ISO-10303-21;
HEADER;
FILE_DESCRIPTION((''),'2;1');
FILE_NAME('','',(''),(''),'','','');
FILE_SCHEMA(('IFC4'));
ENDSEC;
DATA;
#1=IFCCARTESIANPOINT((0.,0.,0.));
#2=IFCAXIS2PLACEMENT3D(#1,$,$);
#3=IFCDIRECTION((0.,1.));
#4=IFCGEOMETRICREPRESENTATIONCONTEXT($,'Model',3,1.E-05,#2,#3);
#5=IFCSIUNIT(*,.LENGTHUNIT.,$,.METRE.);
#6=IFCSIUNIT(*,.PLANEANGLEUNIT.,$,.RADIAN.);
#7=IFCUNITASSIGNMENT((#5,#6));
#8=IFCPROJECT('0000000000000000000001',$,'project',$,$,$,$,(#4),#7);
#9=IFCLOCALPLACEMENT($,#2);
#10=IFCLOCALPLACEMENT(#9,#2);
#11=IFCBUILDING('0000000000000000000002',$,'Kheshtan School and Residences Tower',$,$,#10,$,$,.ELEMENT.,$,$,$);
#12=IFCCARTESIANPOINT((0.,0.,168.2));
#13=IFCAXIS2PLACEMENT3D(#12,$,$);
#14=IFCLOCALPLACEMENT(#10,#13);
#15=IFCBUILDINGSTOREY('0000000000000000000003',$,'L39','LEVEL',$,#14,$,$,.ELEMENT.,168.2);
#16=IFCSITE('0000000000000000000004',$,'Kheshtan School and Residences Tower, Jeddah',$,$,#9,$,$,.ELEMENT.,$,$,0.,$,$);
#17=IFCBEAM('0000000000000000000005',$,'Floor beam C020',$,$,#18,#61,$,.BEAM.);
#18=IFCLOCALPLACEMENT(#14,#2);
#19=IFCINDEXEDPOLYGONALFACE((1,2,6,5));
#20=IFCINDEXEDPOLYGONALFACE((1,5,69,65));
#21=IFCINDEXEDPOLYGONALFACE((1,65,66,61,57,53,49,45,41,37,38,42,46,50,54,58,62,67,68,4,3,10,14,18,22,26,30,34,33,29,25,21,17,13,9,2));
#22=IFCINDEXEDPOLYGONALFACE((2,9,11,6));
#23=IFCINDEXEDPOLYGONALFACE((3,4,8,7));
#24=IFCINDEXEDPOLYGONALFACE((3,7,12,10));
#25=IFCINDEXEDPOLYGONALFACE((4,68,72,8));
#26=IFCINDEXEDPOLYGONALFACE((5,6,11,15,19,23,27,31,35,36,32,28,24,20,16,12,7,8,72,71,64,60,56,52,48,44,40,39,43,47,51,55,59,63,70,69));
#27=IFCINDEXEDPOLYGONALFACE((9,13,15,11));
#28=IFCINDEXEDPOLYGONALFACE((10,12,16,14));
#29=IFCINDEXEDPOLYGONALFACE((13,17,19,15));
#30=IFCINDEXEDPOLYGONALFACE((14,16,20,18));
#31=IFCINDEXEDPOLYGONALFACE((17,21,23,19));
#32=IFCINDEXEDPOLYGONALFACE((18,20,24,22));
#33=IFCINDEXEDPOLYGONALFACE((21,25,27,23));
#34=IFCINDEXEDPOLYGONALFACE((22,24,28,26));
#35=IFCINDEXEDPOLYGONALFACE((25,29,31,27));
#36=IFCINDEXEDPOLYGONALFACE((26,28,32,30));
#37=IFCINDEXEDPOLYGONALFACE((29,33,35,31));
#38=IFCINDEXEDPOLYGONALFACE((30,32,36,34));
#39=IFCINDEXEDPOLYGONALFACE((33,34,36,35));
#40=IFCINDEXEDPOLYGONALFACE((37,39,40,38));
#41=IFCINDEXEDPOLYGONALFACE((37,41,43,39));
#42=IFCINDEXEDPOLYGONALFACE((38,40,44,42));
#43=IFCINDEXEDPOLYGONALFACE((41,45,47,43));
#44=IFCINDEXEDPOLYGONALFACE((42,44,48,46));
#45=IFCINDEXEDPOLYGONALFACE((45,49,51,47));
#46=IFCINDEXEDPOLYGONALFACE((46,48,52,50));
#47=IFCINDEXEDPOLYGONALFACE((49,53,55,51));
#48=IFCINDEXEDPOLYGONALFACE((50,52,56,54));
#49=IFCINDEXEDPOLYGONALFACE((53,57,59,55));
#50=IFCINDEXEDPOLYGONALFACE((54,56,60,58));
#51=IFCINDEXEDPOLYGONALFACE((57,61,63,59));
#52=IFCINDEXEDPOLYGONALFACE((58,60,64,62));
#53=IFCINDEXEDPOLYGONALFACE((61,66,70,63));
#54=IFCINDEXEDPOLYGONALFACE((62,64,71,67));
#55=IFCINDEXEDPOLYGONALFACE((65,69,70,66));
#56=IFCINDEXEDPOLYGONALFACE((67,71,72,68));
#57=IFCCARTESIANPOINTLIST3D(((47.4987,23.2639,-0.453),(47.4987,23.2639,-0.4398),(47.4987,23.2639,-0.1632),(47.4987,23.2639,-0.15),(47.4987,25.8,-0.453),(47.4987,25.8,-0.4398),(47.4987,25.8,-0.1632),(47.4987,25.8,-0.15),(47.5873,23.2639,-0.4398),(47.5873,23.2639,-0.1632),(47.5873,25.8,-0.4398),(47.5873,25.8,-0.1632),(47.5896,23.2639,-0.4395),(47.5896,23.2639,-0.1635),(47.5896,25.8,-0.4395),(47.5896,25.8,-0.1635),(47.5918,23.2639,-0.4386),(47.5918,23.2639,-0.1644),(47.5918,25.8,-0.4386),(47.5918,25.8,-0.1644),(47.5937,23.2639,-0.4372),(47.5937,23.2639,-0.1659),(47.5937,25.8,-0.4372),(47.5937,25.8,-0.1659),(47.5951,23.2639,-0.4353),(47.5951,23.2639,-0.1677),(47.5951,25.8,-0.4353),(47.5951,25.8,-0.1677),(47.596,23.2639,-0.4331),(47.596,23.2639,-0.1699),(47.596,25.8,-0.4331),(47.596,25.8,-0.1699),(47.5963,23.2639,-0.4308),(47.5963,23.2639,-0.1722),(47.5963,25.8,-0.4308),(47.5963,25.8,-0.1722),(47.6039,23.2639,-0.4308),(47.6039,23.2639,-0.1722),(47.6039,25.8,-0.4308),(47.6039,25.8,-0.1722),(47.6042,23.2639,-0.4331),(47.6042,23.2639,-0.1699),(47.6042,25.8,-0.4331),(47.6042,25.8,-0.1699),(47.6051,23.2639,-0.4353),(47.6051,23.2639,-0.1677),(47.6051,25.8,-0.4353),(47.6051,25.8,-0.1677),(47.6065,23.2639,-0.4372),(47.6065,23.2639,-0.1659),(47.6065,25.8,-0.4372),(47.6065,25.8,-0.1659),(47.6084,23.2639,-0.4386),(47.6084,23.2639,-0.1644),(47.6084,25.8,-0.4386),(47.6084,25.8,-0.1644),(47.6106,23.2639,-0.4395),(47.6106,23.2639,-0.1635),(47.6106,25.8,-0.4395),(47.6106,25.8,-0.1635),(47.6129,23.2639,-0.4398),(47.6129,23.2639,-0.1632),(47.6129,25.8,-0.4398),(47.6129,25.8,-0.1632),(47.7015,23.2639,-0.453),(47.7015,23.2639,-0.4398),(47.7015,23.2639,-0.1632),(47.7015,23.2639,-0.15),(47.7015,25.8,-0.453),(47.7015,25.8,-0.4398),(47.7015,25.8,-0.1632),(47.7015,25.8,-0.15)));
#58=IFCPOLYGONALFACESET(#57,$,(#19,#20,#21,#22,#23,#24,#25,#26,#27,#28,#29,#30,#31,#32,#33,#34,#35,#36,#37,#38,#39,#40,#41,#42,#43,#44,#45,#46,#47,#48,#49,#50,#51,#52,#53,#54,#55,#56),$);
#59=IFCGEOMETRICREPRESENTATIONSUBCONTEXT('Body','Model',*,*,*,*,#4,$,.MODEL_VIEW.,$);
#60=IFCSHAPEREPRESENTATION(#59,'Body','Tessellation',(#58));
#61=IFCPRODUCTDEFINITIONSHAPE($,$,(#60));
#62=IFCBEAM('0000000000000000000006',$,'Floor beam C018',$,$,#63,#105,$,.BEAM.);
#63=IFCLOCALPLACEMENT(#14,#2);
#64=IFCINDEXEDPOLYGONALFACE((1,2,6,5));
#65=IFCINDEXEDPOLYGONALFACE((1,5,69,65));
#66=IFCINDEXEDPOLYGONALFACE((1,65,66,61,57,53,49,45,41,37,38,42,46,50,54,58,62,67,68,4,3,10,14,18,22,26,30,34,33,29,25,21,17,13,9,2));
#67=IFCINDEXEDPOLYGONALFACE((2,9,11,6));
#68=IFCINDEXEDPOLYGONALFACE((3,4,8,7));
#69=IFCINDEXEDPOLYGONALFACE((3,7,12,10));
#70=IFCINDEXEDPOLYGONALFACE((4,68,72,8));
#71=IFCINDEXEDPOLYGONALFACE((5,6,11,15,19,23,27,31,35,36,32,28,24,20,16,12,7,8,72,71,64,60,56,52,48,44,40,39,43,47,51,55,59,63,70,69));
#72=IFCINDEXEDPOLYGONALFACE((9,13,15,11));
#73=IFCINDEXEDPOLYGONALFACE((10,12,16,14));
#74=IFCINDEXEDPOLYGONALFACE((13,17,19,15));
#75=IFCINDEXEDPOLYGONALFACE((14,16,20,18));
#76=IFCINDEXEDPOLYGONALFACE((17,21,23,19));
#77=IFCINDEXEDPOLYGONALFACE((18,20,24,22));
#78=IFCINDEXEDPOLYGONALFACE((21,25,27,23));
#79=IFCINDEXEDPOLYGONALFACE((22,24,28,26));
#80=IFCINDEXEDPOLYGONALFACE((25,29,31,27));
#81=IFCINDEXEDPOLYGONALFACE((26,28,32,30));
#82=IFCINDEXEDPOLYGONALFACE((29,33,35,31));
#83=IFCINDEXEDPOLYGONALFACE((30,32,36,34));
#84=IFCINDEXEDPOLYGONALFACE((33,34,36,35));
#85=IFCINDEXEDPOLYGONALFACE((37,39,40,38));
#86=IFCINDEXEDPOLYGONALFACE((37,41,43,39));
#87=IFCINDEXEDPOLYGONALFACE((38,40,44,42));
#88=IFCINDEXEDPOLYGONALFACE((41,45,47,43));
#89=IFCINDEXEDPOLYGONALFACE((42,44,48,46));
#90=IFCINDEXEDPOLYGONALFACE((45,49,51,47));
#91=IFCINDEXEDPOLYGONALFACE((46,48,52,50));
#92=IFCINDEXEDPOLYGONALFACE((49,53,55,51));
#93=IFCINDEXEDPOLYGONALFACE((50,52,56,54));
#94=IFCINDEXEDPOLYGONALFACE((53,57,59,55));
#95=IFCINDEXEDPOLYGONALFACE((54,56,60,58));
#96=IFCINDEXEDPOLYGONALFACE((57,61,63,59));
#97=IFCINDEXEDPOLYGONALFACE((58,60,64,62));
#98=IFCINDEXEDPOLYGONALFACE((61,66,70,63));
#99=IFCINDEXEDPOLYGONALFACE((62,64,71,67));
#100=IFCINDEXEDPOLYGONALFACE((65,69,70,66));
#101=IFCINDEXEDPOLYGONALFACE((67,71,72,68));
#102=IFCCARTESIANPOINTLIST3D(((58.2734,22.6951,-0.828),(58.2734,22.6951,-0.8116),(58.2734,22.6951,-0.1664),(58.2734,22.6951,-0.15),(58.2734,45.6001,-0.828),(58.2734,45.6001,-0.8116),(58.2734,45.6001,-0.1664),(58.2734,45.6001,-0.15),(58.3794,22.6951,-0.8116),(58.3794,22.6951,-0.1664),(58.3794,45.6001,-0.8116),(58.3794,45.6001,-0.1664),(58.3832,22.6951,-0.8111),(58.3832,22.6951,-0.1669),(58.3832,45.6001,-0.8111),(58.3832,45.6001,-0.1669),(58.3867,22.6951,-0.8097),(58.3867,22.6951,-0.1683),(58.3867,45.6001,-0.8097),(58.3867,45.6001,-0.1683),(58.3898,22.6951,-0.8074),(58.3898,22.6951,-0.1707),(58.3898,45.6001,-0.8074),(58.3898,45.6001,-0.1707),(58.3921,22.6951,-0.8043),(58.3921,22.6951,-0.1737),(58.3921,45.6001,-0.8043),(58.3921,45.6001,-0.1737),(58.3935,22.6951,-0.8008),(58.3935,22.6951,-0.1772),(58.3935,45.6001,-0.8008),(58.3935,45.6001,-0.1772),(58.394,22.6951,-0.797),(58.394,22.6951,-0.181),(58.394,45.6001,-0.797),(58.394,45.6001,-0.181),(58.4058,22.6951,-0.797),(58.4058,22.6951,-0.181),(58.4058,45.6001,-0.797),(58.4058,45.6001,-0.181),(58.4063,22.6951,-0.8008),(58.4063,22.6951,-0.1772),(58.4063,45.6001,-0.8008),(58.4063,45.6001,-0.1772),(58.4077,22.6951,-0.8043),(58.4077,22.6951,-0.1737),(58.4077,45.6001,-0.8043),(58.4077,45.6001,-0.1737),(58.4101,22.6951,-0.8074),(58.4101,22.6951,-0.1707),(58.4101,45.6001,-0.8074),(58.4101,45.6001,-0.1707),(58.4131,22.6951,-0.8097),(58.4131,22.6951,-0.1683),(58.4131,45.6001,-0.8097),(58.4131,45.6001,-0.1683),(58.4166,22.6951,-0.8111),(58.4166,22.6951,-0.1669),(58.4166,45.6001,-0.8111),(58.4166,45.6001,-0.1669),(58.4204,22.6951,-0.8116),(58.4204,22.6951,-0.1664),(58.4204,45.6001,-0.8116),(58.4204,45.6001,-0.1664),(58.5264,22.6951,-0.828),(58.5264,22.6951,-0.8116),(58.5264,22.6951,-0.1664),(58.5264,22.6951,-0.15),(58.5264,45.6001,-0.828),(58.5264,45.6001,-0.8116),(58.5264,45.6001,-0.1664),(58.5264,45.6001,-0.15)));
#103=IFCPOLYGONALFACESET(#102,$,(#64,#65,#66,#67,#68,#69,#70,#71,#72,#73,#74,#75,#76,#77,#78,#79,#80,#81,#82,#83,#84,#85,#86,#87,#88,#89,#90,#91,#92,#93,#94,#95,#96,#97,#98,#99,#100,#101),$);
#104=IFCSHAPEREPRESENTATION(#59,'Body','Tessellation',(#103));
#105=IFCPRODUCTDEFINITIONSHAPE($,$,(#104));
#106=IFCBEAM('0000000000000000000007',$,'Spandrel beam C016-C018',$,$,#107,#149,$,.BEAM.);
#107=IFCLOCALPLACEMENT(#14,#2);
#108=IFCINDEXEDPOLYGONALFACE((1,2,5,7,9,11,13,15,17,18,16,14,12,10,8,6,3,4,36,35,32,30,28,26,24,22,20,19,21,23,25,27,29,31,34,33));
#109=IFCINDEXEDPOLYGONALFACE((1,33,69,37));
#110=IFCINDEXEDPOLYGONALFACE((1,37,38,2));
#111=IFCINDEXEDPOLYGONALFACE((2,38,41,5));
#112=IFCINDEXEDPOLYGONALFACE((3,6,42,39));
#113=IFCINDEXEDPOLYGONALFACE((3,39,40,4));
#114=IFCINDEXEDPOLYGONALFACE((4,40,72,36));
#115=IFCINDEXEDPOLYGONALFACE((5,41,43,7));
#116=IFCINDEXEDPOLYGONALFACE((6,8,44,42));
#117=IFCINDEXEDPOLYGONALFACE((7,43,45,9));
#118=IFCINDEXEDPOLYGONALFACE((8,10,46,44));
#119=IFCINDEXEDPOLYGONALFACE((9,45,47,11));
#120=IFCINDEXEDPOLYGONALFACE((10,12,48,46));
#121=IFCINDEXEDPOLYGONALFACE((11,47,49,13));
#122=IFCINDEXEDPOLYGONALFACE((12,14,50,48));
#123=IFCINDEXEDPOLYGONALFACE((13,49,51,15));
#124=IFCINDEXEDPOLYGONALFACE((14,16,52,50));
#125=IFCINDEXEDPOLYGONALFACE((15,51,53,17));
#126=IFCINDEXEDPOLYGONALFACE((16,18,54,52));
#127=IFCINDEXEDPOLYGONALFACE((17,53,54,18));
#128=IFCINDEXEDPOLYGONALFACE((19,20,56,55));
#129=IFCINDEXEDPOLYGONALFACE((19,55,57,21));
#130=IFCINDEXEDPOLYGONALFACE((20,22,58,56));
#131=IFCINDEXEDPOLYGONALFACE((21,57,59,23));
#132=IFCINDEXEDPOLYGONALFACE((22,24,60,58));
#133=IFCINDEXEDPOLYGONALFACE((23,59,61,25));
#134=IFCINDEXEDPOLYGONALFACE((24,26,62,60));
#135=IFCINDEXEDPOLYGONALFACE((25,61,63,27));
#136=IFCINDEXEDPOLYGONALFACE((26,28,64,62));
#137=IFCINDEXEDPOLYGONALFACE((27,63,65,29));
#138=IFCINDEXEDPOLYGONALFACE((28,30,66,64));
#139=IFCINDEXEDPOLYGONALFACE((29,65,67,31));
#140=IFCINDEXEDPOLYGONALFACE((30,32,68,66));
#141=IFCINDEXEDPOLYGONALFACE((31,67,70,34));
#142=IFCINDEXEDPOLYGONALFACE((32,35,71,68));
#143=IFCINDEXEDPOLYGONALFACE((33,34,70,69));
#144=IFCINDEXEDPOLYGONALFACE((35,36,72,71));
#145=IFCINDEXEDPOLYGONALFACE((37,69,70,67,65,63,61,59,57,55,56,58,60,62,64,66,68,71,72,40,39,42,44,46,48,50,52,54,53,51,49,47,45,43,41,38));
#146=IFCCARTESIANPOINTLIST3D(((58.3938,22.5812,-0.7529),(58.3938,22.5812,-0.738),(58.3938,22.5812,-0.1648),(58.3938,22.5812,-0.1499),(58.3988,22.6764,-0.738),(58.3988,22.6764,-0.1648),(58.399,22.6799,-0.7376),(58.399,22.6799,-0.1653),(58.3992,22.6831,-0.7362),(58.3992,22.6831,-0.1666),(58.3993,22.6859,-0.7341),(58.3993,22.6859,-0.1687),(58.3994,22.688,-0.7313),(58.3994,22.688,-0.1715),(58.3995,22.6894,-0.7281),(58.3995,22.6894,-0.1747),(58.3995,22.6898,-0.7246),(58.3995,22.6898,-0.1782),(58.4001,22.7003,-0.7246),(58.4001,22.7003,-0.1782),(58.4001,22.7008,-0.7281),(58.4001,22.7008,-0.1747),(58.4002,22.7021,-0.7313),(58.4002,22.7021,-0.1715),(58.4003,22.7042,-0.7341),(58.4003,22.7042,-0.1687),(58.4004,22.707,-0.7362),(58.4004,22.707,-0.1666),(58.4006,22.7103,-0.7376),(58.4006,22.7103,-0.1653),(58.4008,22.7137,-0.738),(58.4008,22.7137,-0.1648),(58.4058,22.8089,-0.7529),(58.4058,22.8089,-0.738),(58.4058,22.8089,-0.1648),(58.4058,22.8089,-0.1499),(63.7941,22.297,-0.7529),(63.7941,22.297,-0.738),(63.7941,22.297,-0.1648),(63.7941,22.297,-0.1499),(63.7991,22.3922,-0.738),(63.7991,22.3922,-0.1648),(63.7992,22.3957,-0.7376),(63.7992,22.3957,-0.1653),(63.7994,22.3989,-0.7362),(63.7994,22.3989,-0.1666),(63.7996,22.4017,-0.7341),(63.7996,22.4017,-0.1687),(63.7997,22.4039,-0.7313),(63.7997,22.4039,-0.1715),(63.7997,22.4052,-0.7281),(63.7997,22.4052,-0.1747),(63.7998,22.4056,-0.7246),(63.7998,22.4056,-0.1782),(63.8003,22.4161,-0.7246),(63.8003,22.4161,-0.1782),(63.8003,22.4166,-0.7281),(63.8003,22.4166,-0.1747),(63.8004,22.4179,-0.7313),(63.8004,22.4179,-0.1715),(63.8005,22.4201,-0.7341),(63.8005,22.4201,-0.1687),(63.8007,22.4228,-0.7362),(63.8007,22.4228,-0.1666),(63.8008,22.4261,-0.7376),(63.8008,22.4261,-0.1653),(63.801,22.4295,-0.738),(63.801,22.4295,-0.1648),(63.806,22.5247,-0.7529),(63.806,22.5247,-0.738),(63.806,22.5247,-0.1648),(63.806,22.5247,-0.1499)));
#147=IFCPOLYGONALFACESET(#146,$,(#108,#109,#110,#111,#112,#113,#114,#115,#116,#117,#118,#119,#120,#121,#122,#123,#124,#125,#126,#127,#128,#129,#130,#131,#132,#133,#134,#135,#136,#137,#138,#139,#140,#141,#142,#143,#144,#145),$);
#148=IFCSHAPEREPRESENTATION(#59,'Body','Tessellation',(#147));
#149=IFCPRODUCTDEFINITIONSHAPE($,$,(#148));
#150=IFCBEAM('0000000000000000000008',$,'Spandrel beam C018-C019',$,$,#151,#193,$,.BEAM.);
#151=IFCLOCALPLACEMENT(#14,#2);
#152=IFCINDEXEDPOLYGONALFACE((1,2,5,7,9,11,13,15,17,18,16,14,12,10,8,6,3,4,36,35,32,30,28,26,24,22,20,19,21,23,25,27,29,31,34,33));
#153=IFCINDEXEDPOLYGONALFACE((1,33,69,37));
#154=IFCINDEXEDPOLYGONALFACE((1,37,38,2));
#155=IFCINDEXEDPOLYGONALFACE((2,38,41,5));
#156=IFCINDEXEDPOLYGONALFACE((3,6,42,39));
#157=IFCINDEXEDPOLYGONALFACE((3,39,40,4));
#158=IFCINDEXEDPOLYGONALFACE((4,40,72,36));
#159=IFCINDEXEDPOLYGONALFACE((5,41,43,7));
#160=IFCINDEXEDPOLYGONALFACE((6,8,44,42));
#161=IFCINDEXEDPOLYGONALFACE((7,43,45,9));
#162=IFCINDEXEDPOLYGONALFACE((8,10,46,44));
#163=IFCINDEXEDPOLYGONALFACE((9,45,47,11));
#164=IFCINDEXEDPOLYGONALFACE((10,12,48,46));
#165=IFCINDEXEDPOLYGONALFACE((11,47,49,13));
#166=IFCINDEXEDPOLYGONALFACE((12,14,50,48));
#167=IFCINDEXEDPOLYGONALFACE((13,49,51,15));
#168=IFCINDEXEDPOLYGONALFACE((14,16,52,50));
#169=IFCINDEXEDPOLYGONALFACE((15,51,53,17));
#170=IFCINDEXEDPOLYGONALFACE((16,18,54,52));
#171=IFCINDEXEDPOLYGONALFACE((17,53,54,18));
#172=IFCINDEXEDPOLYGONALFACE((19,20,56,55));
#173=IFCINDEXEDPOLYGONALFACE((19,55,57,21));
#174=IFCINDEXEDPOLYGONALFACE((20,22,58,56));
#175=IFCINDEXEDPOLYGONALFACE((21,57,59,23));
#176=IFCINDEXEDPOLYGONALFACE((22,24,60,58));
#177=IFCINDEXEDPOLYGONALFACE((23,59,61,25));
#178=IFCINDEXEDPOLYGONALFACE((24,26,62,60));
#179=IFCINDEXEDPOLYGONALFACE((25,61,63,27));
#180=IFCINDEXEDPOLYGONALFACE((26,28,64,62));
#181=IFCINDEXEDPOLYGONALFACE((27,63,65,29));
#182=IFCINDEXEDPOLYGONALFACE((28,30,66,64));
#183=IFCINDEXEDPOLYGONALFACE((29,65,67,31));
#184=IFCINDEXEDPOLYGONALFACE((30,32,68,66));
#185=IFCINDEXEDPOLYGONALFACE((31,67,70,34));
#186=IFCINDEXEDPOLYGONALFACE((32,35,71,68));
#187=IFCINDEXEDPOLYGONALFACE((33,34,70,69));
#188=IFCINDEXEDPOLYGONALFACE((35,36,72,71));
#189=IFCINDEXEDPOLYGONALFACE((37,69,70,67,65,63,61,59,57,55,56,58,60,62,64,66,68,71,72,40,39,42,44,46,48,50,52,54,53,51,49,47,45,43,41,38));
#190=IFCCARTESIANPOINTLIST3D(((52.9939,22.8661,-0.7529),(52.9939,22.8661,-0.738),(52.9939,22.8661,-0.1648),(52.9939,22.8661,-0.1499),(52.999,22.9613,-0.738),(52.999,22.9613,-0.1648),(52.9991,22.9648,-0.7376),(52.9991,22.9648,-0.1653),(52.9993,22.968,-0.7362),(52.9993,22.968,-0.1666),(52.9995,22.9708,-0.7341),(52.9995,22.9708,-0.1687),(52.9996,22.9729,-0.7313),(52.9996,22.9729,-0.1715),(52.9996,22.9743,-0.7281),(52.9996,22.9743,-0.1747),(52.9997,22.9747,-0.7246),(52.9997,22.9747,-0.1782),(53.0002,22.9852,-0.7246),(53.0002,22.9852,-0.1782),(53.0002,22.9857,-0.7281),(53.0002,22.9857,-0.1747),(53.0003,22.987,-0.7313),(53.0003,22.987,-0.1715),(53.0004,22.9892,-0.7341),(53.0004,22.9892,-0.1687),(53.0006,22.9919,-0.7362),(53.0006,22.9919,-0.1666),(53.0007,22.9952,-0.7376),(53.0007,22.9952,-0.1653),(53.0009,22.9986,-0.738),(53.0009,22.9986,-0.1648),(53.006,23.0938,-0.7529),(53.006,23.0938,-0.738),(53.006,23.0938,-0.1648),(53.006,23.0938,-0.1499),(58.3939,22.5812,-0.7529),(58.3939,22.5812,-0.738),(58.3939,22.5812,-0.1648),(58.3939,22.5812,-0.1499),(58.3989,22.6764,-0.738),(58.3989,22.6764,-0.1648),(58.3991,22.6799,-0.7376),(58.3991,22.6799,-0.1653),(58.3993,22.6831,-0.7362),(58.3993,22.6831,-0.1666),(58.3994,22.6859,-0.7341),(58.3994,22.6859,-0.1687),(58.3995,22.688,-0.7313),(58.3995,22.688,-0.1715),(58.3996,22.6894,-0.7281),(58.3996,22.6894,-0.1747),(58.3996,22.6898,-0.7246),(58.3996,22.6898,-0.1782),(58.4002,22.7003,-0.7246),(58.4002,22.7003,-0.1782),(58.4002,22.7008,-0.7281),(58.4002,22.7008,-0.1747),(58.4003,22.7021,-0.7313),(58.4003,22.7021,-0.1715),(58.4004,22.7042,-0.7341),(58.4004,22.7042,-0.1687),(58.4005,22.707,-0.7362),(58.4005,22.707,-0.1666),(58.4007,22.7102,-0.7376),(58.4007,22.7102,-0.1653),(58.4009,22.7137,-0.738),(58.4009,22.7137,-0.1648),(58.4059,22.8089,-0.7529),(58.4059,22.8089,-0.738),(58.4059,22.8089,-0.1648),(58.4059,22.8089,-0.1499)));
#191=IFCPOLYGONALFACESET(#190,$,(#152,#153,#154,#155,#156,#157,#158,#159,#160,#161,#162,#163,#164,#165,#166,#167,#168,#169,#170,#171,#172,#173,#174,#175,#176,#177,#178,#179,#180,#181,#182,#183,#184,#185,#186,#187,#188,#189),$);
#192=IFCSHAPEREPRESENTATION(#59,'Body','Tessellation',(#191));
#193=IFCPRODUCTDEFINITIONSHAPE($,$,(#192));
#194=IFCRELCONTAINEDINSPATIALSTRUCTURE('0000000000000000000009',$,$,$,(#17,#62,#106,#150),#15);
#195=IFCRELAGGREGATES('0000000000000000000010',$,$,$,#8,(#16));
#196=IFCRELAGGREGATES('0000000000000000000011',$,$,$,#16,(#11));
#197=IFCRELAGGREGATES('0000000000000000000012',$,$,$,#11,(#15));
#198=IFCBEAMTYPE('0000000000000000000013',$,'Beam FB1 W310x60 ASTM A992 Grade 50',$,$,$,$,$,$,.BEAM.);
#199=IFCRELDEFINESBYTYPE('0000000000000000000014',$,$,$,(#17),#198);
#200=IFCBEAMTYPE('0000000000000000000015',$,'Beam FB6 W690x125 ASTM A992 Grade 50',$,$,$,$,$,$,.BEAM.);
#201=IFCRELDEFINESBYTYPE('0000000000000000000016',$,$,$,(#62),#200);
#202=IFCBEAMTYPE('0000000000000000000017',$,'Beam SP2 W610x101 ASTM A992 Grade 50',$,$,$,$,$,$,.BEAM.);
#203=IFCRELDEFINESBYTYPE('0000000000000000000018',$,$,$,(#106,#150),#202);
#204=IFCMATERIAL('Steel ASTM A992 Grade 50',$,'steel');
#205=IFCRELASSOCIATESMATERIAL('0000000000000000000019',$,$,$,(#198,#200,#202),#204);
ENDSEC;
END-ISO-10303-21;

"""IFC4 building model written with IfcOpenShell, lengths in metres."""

from ifc_helpers import new_model, si_unit, direction, frame, origin, origin_2d, place, context, subcontext, project, spatial, i_section, extrude, material, material_profile, profile_set, type_object, element, save


model = new_model("IFC4")

# Units and contexts
model_context = context("Model", 3, precision=1e-05, world=origin(), true_north=direction((0.0, 1.0)))
body_context = subcontext(model_context, "Body", "Model", "MODEL_VIEW")
ifc_project = project(units=[si_unit("LENGTHUNIT", "METRE"), si_unit("PLANEANGLEUNIT", "RADIAN")], contexts=[model_context])

# Site, building, storey
site_placement = place(None, origin())
site = spatial("IfcSite", under=ifc_project, at=site_placement, Name="Kheshtan School and Residences Tower, Jeddah", CompositionType="ELEMENT", RefElevation=0.0)
building_placement = place(site_placement, origin())
building = spatial("IfcBuilding", under=site, at=building_placement, Name="Kheshtan School and Residences Tower", CompositionType="ELEMENT")
storey_placement = place(building_placement, frame((0.0, 0.0, 168.2)))
storey = spatial("IfcBuildingStorey", under=building, at=storey_placement, Name="L39", Description="LEVEL", CompositionType="ELEMENT", Elevation=168.2)

# Shared definitions
ifc_material_1 = material(Name="Steel ASTM A992 Grade 50", Category="steel")

# Beams
ifc_material_profile_1 = material_profile(ifc_material_1, i_section(OverallWidth=0.2029, OverallDepth=0.303, WebThickness=0.0076, FlangeThickness=0.0132, FilletRadius=0.009, at=origin_2d()), Name="W310x60")
ifc_profile_set_1 = profile_set([ifc_material_profile_1], Name="Steel ASTM A992 Grade 50")
beam_type_1 = type_object("IfcBeamType", Name="Beam FB1 W310x60 ASTM A992 Grade 50", PredefinedType="BEAM", material=ifc_profile_set_1)
beam_1_placement = place(storey_placement, frame((47.6001, 23.2639, -0.3015), z_axis=(0.0, 1.0, 0.0), x_axis=(-1.0, 0.0, 0.0)))
element("IfcBeam", 1, at=beam_1_placement, inside=storey, type_object=beam_type_1, Name="Floor beam C020", PredefinedType="BEAM", context=body_context, shape_type="SweptSolid", body=[
    extrude(i_section(OverallWidth=0.2029, OverallDepth=0.303, WebThickness=0.0076, FlangeThickness=0.0132, FilletRadius=0.009, at=origin_2d()), origin(), (0.0, 0.0, 1.0), 2.5361),
])
ifc_material_profile_2 = material_profile(ifc_material_1, i_section(OverallWidth=0.2529, OverallDepth=0.678, WebThickness=0.0117, FlangeThickness=0.0164, FilletRadius=0.0146, at=origin_2d()), Name="W690x125")
ifc_profile_set_2 = profile_set([ifc_material_profile_2], Name="Steel ASTM A992 Grade 50")
beam_type_2 = type_object("IfcBeamType", Name="Beam FB6 W690x125 ASTM A992 Grade 50", PredefinedType="BEAM", material=ifc_profile_set_2)
beam_2_placement = place(storey_placement, frame((58.3999, 22.6951, -0.489), z_axis=(0.0, 1.0, 0.0), x_axis=(-1.0, 0.0, 0.0)))
element("IfcBeam", 2, at=beam_2_placement, inside=storey, type_object=beam_type_2, Name="Floor beam C018", PredefinedType="BEAM", context=body_context, shape_type="SweptSolid", body=[
    extrude(i_section(OverallWidth=0.2529, OverallDepth=0.678, WebThickness=0.0117, FlangeThickness=0.0164, FilletRadius=0.0146, at=origin_2d()), origin(), (0.0, 0.0, 1.0), 22.905),
])
ifc_material_profile_3 = material_profile(ifc_material_1, i_section(OverallWidth=0.228, OverallDepth=0.603, WebThickness=0.0105, FlangeThickness=0.0149, FilletRadius=0.0134, at=origin_2d()), Name="W610x101")
ifc_profile_set_3 = profile_set([ifc_material_profile_3], Name="Steel ASTM A992 Grade 50")
beam_type_3 = type_object("IfcBeamType", Name="Beam SP2 W610x101 ASTM A992 Grade 50", PredefinedType="BEAM", material=ifc_profile_set_3)
beam_3_placement = place(storey_placement, frame((63.8, 22.4109, -0.4514), z_axis=(-0.998618, 0.052552, 0.0), x_axis=(-0.052552, -0.998618, 0.0)))
element("IfcBeam", 3, at=beam_3_placement, inside=storey, type_object=beam_type_3, Name="Spandrel beam C016-C018", PredefinedType="BEAM", context=body_context, shape_type="SweptSolid", body=[
    extrude(i_section(OverallWidth=0.228, OverallDepth=0.603, WebThickness=0.0105, FlangeThickness=0.0149, FilletRadius=0.0134, at=origin_2d()), origin(), (0.0, 0.0, 1.0), 5.4077),
])
for number, where, z_axis, x_axis, name in (
    (4, (58.3999, 22.6951, -0.4514), (-0.998611, 0.052689, 0.0), (-0.052689, -0.998611, 0.0), "Spandrel beam C018-C019"),
):
    element("IfcBeam", number, at=place(storey_placement, frame(where, z_axis=z_axis, x_axis=x_axis)), inside=storey, type_object=beam_type_3, Name=name, PredefinedType="BEAM", context=body_context, shape_type="SweptSolid", body=[
        extrude(i_section(OverallWidth=0.228, OverallDepth=0.603, WebThickness=0.0105, FlangeThickness=0.0149, FilletRadius=0.0134, at=origin_2d()), origin(), (0.0, 0.0, 1.0), 5.4075),
    ])

save(model, "model.ifc")
